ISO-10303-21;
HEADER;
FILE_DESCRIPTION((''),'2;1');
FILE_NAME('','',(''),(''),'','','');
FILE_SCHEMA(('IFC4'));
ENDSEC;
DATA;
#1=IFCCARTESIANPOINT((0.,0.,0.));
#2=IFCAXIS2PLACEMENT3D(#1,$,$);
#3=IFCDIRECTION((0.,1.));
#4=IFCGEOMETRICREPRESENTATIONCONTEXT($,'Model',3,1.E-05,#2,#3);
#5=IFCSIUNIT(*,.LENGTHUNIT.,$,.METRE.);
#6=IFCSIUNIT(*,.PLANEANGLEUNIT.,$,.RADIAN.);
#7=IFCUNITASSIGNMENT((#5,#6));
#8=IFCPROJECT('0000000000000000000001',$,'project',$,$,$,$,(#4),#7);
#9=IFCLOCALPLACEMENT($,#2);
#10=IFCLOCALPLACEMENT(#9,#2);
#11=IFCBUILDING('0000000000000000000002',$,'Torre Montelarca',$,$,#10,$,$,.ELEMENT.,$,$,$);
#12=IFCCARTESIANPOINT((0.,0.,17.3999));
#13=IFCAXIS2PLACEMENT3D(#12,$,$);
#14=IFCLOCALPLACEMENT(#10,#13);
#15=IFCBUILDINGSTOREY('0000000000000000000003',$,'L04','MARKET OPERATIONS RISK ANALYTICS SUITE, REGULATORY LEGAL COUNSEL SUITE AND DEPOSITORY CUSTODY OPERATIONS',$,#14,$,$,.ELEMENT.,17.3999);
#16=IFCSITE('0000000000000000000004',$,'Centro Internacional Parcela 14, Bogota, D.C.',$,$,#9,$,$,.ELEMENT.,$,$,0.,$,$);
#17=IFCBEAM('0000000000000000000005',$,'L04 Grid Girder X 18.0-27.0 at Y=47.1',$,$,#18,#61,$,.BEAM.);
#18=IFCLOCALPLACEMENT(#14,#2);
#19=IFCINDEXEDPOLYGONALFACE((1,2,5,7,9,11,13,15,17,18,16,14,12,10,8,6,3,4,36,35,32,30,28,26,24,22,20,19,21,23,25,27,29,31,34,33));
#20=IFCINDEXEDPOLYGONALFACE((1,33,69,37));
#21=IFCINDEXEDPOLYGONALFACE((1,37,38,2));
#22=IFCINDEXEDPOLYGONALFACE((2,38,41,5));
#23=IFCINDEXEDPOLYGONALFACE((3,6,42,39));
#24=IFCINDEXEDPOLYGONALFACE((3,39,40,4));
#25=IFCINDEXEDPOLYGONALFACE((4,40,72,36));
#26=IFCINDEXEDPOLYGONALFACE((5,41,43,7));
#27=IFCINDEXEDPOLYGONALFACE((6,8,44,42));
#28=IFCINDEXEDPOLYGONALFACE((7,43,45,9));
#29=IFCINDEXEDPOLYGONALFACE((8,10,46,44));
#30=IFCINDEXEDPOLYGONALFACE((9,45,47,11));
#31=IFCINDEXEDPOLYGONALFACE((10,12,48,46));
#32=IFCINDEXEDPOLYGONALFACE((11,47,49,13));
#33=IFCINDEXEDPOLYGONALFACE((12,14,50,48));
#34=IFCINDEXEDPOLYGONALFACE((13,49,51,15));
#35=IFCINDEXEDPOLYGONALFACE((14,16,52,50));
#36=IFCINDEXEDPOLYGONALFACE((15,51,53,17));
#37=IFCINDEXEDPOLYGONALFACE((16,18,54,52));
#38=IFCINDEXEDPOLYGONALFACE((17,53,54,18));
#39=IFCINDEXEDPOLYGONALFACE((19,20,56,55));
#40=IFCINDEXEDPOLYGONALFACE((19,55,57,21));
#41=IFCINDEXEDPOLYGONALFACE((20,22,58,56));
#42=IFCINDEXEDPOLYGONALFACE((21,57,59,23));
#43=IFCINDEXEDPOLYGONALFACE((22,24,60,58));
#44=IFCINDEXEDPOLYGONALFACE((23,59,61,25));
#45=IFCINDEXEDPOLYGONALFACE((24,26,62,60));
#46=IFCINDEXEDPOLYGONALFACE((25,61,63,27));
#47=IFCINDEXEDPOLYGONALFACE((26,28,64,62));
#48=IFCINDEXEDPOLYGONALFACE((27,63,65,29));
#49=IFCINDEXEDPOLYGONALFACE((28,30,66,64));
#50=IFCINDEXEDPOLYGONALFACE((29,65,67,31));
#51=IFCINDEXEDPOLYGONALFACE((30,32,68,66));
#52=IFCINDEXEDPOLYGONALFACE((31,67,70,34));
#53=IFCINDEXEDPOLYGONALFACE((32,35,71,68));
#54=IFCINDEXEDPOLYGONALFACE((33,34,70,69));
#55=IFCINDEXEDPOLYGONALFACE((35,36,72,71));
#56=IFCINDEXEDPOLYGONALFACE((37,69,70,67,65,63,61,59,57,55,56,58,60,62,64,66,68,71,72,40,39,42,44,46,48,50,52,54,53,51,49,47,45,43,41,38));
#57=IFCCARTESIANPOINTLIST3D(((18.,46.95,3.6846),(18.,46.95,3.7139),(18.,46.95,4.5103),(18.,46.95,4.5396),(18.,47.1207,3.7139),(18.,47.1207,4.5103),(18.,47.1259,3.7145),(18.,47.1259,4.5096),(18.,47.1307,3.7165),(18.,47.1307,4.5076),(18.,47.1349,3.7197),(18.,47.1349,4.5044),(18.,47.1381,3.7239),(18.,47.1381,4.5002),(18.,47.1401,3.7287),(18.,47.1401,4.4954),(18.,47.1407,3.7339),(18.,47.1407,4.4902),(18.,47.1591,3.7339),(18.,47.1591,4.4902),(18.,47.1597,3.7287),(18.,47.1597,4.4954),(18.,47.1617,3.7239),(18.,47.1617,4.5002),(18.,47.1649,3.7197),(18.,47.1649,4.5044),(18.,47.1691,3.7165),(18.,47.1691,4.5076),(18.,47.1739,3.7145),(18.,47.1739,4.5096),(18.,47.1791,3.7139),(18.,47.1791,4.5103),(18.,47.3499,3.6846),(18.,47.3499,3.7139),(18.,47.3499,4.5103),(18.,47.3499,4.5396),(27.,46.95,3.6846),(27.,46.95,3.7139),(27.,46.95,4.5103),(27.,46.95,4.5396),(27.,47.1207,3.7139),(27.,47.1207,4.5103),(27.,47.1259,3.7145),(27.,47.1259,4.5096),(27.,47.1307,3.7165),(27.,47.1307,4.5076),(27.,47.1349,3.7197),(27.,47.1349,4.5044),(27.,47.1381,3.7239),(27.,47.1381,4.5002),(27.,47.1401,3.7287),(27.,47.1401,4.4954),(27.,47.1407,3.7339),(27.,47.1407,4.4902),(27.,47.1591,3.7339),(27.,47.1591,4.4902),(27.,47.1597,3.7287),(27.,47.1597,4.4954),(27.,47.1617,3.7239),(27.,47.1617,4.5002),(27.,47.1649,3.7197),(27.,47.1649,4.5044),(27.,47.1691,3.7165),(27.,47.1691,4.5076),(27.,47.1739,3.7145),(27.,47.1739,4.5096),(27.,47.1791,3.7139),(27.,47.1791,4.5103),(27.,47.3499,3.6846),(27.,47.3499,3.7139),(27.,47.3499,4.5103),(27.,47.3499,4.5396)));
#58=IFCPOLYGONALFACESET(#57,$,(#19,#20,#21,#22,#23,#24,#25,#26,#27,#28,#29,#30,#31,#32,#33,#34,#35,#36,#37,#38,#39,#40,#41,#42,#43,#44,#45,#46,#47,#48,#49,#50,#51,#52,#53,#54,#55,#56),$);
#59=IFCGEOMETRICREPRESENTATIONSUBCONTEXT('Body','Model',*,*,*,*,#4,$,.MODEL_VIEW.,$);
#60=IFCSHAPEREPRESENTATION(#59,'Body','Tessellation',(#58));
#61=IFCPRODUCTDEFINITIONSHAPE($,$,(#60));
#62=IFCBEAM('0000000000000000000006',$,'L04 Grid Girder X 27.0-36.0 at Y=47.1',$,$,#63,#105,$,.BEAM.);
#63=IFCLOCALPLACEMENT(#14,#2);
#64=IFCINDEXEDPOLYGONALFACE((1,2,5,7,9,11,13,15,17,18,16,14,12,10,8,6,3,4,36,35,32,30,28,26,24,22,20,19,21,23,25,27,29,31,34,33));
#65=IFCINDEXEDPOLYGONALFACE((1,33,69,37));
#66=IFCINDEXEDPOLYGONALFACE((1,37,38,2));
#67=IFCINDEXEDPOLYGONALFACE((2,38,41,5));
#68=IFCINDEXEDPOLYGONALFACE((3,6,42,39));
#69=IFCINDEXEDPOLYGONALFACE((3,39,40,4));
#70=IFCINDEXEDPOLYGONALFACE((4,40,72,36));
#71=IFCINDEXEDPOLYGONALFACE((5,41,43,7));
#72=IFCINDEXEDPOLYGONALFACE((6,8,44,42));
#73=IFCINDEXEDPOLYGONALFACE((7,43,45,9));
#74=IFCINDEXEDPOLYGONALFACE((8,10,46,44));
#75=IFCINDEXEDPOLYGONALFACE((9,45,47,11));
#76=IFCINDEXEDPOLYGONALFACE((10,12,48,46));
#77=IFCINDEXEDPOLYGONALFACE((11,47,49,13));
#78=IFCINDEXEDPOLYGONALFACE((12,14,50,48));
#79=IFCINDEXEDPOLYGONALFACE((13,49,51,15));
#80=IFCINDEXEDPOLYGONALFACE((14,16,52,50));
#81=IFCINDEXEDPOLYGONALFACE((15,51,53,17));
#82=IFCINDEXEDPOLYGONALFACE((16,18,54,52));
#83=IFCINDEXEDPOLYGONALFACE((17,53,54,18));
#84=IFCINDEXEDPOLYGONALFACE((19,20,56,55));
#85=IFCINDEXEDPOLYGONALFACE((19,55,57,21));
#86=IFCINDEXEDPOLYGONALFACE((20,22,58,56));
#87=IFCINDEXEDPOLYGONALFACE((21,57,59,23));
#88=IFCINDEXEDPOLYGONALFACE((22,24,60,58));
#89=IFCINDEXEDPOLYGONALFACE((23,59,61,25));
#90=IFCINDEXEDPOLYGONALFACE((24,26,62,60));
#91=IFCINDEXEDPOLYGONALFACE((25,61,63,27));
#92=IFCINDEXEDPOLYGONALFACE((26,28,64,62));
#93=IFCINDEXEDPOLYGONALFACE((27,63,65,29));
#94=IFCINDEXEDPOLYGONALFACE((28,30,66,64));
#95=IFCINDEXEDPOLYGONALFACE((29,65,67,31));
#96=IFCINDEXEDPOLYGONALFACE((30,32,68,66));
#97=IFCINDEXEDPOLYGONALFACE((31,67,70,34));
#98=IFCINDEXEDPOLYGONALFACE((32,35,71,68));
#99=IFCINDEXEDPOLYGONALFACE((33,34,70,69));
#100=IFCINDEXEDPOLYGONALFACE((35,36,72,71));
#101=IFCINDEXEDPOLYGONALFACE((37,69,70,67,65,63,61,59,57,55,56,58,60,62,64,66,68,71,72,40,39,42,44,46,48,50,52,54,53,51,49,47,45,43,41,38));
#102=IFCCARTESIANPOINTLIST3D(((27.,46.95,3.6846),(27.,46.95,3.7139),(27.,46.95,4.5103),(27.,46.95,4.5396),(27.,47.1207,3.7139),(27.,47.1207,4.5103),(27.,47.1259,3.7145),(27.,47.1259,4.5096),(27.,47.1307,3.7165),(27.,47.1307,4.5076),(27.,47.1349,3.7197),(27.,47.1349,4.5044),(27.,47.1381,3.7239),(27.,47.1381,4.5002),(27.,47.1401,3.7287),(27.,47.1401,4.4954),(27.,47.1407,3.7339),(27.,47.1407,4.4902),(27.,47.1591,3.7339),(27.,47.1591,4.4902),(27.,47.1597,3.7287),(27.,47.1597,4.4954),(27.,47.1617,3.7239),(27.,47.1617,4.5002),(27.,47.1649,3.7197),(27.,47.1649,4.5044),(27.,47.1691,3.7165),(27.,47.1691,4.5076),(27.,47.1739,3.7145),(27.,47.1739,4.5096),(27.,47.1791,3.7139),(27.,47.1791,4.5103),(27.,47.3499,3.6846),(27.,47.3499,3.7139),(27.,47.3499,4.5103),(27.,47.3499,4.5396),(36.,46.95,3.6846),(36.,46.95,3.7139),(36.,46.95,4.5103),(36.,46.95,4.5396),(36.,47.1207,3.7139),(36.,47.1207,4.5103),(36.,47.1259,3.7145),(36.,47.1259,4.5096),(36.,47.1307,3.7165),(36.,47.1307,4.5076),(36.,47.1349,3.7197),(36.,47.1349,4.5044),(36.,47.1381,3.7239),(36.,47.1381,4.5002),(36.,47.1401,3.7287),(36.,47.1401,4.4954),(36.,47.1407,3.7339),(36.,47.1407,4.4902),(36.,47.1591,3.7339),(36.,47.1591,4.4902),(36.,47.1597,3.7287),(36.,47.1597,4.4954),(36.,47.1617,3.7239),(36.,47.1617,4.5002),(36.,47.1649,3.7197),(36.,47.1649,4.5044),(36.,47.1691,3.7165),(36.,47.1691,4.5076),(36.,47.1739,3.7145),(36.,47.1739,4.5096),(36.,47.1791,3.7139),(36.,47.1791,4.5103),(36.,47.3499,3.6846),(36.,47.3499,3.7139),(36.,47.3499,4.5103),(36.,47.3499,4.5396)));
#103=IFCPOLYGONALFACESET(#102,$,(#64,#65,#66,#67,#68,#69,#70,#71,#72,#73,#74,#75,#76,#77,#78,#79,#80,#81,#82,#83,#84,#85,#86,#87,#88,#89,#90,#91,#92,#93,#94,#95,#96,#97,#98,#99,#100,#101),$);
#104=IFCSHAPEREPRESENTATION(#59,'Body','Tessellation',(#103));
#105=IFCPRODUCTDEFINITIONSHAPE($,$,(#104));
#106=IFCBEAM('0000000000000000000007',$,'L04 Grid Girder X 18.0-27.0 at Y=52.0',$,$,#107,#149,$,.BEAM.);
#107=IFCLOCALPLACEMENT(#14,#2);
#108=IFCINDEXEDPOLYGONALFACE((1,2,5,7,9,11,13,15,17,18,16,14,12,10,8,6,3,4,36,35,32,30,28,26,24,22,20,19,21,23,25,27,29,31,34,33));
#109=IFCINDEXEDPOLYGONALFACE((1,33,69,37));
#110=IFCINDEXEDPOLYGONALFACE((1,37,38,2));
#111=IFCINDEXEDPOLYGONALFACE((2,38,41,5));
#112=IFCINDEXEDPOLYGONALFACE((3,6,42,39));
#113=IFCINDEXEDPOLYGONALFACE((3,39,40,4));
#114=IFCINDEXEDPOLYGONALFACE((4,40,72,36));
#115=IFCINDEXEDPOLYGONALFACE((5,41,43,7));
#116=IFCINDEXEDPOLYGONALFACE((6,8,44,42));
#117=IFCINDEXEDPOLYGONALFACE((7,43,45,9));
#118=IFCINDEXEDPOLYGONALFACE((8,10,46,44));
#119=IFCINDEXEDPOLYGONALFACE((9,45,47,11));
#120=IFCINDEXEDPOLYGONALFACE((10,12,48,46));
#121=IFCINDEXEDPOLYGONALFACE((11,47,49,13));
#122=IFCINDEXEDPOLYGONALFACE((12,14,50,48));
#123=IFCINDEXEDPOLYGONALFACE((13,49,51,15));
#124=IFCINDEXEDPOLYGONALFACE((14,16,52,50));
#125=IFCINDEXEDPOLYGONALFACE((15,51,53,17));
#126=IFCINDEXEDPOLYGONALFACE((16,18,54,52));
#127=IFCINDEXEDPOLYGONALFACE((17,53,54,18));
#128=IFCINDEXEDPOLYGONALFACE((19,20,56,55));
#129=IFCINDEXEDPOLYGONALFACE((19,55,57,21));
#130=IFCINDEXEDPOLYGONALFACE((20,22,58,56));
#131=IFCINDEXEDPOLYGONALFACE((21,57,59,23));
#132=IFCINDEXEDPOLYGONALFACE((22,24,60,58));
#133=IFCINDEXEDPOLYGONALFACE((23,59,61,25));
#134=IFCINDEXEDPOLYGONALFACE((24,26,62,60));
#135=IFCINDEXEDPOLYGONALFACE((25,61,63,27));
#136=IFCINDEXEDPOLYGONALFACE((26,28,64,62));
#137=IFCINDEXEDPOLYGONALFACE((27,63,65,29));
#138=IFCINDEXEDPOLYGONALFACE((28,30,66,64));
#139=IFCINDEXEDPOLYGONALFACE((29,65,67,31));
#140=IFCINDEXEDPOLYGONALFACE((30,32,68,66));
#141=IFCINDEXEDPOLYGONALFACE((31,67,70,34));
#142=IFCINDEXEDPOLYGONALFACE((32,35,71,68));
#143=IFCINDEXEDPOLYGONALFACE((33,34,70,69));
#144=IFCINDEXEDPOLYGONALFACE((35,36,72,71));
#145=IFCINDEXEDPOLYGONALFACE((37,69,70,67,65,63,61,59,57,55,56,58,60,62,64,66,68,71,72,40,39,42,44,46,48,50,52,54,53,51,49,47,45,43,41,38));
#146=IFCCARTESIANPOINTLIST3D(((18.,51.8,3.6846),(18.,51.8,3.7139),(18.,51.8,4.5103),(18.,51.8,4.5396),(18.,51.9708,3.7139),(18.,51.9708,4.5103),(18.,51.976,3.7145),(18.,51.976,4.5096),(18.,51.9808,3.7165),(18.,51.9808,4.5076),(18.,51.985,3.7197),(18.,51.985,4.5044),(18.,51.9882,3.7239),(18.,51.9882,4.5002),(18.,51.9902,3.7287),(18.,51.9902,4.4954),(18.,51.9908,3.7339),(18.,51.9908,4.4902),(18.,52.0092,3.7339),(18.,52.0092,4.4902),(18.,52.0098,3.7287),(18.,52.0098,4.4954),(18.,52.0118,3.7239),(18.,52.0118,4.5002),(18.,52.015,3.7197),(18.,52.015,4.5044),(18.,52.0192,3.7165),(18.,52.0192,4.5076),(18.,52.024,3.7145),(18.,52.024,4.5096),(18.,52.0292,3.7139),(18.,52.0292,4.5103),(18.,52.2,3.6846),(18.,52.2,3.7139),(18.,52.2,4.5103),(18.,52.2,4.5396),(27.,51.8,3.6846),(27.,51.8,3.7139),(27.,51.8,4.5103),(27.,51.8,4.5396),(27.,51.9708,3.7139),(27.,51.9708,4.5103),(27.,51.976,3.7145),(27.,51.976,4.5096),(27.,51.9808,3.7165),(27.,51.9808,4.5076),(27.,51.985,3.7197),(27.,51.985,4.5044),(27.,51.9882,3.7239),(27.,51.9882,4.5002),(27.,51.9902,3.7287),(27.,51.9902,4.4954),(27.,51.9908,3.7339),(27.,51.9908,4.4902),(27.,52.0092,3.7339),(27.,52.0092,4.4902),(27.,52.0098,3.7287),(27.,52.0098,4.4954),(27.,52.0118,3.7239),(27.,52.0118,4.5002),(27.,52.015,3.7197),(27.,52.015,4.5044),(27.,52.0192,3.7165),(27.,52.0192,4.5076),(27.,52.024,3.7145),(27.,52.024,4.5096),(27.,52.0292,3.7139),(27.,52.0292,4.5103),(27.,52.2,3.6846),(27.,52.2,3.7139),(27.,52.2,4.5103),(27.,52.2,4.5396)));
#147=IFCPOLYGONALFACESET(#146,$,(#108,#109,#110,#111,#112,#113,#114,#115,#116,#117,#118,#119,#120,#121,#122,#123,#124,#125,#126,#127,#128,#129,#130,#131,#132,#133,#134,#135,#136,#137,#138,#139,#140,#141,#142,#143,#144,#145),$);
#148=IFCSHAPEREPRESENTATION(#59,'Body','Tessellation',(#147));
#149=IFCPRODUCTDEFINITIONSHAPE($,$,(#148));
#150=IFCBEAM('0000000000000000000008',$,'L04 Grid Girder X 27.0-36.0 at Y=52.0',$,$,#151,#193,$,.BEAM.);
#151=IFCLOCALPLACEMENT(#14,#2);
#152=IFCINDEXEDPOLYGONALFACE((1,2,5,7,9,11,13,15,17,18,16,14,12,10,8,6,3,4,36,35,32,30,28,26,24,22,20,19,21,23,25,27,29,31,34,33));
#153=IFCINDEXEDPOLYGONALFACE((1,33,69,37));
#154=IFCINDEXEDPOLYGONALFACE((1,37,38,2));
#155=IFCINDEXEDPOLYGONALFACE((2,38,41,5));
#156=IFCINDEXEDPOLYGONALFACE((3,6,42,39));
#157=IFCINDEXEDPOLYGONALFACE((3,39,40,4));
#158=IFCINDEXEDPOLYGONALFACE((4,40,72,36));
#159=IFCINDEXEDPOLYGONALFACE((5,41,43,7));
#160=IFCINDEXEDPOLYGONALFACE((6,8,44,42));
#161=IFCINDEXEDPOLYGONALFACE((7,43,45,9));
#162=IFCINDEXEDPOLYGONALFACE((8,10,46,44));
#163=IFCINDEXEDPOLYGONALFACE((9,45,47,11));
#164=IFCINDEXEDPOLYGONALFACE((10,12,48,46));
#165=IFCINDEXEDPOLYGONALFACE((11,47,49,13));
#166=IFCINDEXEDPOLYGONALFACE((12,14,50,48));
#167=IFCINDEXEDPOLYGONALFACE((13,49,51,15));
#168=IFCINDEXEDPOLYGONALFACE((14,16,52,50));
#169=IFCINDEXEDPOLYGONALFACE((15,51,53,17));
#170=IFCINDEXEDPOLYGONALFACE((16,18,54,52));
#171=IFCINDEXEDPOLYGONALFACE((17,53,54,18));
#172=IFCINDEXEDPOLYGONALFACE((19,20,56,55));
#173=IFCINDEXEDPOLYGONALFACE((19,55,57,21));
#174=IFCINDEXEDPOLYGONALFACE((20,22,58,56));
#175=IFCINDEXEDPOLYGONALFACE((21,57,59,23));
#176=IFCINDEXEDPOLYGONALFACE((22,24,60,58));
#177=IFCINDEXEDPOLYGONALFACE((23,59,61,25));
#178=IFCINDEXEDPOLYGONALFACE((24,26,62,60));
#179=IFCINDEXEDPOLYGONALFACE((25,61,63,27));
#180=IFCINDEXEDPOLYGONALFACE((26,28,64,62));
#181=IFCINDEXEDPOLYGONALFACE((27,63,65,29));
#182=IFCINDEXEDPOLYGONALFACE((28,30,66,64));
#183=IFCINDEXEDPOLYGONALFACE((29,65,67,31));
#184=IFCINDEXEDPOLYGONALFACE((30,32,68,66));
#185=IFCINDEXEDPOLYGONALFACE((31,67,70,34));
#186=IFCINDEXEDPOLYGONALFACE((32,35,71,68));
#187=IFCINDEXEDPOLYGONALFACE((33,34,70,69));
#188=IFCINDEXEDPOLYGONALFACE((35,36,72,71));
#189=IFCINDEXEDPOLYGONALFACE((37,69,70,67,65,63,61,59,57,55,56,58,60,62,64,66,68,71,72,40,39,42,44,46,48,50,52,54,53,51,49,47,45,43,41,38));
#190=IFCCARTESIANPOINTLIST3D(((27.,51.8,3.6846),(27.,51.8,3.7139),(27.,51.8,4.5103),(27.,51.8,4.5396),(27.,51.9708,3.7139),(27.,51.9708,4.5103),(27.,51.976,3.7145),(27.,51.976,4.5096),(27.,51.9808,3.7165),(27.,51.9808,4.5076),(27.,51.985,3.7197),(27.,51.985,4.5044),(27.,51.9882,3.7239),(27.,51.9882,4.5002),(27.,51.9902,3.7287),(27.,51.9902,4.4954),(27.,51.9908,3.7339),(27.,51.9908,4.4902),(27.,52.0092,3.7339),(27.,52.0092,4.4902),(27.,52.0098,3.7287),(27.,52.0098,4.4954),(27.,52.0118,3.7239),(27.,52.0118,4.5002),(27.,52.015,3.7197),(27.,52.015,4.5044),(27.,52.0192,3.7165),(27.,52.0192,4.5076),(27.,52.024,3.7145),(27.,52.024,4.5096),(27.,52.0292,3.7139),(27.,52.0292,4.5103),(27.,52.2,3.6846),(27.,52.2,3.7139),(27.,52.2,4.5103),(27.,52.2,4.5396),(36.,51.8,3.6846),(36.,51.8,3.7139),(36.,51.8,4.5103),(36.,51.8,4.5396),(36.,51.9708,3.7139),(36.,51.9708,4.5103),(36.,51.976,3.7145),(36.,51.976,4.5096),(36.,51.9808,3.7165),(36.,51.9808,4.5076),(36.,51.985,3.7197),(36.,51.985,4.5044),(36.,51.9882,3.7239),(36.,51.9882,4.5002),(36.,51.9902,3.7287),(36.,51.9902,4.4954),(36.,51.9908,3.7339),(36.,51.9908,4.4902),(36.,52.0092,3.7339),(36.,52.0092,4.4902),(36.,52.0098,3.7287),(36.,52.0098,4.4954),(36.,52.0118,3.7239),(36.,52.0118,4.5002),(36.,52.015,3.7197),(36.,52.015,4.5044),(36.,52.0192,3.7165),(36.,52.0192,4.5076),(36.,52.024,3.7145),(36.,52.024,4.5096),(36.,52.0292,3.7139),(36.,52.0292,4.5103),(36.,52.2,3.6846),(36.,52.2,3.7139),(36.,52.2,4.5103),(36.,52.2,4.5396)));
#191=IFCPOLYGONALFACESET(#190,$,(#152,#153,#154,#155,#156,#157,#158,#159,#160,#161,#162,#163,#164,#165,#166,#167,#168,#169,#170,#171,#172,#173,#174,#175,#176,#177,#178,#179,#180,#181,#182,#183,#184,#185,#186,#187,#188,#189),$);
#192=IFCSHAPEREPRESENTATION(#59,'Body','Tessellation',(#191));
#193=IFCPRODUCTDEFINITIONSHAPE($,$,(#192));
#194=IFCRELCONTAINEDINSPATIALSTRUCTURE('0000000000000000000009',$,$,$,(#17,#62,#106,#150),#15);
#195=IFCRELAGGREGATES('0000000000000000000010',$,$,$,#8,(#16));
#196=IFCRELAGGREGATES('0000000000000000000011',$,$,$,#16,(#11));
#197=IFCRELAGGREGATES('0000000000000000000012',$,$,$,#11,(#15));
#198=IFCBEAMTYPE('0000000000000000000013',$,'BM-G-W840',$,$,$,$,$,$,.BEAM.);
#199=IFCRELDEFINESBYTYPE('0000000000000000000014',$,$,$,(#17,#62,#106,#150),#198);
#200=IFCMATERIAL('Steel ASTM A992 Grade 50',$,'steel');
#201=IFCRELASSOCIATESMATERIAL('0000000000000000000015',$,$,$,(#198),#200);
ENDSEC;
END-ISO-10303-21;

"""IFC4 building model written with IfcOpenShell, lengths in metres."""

from ifc_helpers import new_model, si_unit, direction, frame, origin, origin_2d, place, context, subcontext, project, spatial, i_section, extrude, source, transform, mapped, material, material_profile, profile_set, type_object, element, save


model = new_model("IFC4")

# Units and contexts
model_context = context("Model", 3, precision=1e-05, world=origin(), true_north=direction((0.0, 1.0)))
body_context = subcontext(model_context, "Body", "Model", "MODEL_VIEW")
ifc_project = project(units=[si_unit("LENGTHUNIT", "METRE"), si_unit("PLANEANGLEUNIT", "RADIAN")], contexts=[model_context])

# Site, building, storey
site_placement = place(None, origin())
site = spatial("IfcSite", under=ifc_project, at=site_placement, Name="Centro Internacional Parcela 14, Bogota, D.C.", CompositionType="ELEMENT", RefElevation=0.0)
building_placement = place(site_placement, origin())
building = spatial("IfcBuilding", under=site, at=building_placement, Name="Torre Montelarca", CompositionType="ELEMENT")
storey_placement = place(building_placement, frame((0.0, 0.0, 17.3999)))
storey = spatial("IfcBuildingStorey", under=building, at=storey_placement, Name="L04", Description="MARKET OPERATIONS RISK ANALYTICS SUITE, REGULATORY LEGAL COUNSEL SUITE AND DEPOSITORY CUSTODY OPERATIONS", CompositionType="ELEMENT", Elevation=17.3999)

# Beams
ifc_material_1 = material(Name="Steel ASTM A992 Grade 50", Category="steel")
ifc_material_profile_1 = material_profile(ifc_material_1, i_section(OverallWidth=0.3999, OverallDepth=0.855, WebThickness=0.0183, FlangeThickness=0.0293, FilletRadius=0.02, at=origin_2d()), Name="W840X299", Category="steel")
ifc_profile_set_1 = profile_set([ifc_material_profile_1], Name="Steel ASTM A992 Grade 50")
beam_type_1 = type_object("IfcBeamType", Name="BM-G-W840", PredefinedType="BEAM", material=ifc_profile_set_1)
shared_shape_1 = source(origin(), body_context, "Body", "SweptSolid", [
    extrude(i_section(OverallWidth=0.3999, OverallDepth=0.855, WebThickness=0.0183, FlangeThickness=0.0293, FilletRadius=0.02, at=origin_2d()), origin(), (0.0, 0.0, 1.0), 9.0),
])
for number, where, z_axis, x_axis, name in (
    (1, (18.0, 47.1499, 4.1121), (1.0, 0.0, 0.0), (0.0, 1.0, 0.0), "L04 Grid Girder X 18.0-27.0 at Y=47.1"),
    (2, (27.0, 47.1499, 4.1121), (1.0, 0.0, 0.0), (0.0, 1.0, 0.0), "L04 Grid Girder X 27.0-36.0 at Y=47.1"),
    (3, (18.0, 52.0, 4.1121), (1.0, 0.0, 0.0), (0.0, 1.0, 0.0), "L04 Grid Girder X 18.0-27.0 at Y=52.0"),
    (4, (27.0, 52.0, 4.1121), (1.0, 0.0, 0.0), (0.0, 1.0, 0.0), "L04 Grid Girder X 27.0-36.0 at Y=52.0"),
):
    element("IfcBeam", number, at=place(storey_placement, frame(where, z_axis=z_axis, x_axis=x_axis)), inside=storey, type_object=beam_type_1, Name=name, PredefinedType="BEAM", context=body_context, shape_type="MappedRepresentation", body=[
        mapped(shared_shape_1, transform((0.0, 0.0, 0.0), scale=1.0)),
    ])

save(model, "model.ifc")
